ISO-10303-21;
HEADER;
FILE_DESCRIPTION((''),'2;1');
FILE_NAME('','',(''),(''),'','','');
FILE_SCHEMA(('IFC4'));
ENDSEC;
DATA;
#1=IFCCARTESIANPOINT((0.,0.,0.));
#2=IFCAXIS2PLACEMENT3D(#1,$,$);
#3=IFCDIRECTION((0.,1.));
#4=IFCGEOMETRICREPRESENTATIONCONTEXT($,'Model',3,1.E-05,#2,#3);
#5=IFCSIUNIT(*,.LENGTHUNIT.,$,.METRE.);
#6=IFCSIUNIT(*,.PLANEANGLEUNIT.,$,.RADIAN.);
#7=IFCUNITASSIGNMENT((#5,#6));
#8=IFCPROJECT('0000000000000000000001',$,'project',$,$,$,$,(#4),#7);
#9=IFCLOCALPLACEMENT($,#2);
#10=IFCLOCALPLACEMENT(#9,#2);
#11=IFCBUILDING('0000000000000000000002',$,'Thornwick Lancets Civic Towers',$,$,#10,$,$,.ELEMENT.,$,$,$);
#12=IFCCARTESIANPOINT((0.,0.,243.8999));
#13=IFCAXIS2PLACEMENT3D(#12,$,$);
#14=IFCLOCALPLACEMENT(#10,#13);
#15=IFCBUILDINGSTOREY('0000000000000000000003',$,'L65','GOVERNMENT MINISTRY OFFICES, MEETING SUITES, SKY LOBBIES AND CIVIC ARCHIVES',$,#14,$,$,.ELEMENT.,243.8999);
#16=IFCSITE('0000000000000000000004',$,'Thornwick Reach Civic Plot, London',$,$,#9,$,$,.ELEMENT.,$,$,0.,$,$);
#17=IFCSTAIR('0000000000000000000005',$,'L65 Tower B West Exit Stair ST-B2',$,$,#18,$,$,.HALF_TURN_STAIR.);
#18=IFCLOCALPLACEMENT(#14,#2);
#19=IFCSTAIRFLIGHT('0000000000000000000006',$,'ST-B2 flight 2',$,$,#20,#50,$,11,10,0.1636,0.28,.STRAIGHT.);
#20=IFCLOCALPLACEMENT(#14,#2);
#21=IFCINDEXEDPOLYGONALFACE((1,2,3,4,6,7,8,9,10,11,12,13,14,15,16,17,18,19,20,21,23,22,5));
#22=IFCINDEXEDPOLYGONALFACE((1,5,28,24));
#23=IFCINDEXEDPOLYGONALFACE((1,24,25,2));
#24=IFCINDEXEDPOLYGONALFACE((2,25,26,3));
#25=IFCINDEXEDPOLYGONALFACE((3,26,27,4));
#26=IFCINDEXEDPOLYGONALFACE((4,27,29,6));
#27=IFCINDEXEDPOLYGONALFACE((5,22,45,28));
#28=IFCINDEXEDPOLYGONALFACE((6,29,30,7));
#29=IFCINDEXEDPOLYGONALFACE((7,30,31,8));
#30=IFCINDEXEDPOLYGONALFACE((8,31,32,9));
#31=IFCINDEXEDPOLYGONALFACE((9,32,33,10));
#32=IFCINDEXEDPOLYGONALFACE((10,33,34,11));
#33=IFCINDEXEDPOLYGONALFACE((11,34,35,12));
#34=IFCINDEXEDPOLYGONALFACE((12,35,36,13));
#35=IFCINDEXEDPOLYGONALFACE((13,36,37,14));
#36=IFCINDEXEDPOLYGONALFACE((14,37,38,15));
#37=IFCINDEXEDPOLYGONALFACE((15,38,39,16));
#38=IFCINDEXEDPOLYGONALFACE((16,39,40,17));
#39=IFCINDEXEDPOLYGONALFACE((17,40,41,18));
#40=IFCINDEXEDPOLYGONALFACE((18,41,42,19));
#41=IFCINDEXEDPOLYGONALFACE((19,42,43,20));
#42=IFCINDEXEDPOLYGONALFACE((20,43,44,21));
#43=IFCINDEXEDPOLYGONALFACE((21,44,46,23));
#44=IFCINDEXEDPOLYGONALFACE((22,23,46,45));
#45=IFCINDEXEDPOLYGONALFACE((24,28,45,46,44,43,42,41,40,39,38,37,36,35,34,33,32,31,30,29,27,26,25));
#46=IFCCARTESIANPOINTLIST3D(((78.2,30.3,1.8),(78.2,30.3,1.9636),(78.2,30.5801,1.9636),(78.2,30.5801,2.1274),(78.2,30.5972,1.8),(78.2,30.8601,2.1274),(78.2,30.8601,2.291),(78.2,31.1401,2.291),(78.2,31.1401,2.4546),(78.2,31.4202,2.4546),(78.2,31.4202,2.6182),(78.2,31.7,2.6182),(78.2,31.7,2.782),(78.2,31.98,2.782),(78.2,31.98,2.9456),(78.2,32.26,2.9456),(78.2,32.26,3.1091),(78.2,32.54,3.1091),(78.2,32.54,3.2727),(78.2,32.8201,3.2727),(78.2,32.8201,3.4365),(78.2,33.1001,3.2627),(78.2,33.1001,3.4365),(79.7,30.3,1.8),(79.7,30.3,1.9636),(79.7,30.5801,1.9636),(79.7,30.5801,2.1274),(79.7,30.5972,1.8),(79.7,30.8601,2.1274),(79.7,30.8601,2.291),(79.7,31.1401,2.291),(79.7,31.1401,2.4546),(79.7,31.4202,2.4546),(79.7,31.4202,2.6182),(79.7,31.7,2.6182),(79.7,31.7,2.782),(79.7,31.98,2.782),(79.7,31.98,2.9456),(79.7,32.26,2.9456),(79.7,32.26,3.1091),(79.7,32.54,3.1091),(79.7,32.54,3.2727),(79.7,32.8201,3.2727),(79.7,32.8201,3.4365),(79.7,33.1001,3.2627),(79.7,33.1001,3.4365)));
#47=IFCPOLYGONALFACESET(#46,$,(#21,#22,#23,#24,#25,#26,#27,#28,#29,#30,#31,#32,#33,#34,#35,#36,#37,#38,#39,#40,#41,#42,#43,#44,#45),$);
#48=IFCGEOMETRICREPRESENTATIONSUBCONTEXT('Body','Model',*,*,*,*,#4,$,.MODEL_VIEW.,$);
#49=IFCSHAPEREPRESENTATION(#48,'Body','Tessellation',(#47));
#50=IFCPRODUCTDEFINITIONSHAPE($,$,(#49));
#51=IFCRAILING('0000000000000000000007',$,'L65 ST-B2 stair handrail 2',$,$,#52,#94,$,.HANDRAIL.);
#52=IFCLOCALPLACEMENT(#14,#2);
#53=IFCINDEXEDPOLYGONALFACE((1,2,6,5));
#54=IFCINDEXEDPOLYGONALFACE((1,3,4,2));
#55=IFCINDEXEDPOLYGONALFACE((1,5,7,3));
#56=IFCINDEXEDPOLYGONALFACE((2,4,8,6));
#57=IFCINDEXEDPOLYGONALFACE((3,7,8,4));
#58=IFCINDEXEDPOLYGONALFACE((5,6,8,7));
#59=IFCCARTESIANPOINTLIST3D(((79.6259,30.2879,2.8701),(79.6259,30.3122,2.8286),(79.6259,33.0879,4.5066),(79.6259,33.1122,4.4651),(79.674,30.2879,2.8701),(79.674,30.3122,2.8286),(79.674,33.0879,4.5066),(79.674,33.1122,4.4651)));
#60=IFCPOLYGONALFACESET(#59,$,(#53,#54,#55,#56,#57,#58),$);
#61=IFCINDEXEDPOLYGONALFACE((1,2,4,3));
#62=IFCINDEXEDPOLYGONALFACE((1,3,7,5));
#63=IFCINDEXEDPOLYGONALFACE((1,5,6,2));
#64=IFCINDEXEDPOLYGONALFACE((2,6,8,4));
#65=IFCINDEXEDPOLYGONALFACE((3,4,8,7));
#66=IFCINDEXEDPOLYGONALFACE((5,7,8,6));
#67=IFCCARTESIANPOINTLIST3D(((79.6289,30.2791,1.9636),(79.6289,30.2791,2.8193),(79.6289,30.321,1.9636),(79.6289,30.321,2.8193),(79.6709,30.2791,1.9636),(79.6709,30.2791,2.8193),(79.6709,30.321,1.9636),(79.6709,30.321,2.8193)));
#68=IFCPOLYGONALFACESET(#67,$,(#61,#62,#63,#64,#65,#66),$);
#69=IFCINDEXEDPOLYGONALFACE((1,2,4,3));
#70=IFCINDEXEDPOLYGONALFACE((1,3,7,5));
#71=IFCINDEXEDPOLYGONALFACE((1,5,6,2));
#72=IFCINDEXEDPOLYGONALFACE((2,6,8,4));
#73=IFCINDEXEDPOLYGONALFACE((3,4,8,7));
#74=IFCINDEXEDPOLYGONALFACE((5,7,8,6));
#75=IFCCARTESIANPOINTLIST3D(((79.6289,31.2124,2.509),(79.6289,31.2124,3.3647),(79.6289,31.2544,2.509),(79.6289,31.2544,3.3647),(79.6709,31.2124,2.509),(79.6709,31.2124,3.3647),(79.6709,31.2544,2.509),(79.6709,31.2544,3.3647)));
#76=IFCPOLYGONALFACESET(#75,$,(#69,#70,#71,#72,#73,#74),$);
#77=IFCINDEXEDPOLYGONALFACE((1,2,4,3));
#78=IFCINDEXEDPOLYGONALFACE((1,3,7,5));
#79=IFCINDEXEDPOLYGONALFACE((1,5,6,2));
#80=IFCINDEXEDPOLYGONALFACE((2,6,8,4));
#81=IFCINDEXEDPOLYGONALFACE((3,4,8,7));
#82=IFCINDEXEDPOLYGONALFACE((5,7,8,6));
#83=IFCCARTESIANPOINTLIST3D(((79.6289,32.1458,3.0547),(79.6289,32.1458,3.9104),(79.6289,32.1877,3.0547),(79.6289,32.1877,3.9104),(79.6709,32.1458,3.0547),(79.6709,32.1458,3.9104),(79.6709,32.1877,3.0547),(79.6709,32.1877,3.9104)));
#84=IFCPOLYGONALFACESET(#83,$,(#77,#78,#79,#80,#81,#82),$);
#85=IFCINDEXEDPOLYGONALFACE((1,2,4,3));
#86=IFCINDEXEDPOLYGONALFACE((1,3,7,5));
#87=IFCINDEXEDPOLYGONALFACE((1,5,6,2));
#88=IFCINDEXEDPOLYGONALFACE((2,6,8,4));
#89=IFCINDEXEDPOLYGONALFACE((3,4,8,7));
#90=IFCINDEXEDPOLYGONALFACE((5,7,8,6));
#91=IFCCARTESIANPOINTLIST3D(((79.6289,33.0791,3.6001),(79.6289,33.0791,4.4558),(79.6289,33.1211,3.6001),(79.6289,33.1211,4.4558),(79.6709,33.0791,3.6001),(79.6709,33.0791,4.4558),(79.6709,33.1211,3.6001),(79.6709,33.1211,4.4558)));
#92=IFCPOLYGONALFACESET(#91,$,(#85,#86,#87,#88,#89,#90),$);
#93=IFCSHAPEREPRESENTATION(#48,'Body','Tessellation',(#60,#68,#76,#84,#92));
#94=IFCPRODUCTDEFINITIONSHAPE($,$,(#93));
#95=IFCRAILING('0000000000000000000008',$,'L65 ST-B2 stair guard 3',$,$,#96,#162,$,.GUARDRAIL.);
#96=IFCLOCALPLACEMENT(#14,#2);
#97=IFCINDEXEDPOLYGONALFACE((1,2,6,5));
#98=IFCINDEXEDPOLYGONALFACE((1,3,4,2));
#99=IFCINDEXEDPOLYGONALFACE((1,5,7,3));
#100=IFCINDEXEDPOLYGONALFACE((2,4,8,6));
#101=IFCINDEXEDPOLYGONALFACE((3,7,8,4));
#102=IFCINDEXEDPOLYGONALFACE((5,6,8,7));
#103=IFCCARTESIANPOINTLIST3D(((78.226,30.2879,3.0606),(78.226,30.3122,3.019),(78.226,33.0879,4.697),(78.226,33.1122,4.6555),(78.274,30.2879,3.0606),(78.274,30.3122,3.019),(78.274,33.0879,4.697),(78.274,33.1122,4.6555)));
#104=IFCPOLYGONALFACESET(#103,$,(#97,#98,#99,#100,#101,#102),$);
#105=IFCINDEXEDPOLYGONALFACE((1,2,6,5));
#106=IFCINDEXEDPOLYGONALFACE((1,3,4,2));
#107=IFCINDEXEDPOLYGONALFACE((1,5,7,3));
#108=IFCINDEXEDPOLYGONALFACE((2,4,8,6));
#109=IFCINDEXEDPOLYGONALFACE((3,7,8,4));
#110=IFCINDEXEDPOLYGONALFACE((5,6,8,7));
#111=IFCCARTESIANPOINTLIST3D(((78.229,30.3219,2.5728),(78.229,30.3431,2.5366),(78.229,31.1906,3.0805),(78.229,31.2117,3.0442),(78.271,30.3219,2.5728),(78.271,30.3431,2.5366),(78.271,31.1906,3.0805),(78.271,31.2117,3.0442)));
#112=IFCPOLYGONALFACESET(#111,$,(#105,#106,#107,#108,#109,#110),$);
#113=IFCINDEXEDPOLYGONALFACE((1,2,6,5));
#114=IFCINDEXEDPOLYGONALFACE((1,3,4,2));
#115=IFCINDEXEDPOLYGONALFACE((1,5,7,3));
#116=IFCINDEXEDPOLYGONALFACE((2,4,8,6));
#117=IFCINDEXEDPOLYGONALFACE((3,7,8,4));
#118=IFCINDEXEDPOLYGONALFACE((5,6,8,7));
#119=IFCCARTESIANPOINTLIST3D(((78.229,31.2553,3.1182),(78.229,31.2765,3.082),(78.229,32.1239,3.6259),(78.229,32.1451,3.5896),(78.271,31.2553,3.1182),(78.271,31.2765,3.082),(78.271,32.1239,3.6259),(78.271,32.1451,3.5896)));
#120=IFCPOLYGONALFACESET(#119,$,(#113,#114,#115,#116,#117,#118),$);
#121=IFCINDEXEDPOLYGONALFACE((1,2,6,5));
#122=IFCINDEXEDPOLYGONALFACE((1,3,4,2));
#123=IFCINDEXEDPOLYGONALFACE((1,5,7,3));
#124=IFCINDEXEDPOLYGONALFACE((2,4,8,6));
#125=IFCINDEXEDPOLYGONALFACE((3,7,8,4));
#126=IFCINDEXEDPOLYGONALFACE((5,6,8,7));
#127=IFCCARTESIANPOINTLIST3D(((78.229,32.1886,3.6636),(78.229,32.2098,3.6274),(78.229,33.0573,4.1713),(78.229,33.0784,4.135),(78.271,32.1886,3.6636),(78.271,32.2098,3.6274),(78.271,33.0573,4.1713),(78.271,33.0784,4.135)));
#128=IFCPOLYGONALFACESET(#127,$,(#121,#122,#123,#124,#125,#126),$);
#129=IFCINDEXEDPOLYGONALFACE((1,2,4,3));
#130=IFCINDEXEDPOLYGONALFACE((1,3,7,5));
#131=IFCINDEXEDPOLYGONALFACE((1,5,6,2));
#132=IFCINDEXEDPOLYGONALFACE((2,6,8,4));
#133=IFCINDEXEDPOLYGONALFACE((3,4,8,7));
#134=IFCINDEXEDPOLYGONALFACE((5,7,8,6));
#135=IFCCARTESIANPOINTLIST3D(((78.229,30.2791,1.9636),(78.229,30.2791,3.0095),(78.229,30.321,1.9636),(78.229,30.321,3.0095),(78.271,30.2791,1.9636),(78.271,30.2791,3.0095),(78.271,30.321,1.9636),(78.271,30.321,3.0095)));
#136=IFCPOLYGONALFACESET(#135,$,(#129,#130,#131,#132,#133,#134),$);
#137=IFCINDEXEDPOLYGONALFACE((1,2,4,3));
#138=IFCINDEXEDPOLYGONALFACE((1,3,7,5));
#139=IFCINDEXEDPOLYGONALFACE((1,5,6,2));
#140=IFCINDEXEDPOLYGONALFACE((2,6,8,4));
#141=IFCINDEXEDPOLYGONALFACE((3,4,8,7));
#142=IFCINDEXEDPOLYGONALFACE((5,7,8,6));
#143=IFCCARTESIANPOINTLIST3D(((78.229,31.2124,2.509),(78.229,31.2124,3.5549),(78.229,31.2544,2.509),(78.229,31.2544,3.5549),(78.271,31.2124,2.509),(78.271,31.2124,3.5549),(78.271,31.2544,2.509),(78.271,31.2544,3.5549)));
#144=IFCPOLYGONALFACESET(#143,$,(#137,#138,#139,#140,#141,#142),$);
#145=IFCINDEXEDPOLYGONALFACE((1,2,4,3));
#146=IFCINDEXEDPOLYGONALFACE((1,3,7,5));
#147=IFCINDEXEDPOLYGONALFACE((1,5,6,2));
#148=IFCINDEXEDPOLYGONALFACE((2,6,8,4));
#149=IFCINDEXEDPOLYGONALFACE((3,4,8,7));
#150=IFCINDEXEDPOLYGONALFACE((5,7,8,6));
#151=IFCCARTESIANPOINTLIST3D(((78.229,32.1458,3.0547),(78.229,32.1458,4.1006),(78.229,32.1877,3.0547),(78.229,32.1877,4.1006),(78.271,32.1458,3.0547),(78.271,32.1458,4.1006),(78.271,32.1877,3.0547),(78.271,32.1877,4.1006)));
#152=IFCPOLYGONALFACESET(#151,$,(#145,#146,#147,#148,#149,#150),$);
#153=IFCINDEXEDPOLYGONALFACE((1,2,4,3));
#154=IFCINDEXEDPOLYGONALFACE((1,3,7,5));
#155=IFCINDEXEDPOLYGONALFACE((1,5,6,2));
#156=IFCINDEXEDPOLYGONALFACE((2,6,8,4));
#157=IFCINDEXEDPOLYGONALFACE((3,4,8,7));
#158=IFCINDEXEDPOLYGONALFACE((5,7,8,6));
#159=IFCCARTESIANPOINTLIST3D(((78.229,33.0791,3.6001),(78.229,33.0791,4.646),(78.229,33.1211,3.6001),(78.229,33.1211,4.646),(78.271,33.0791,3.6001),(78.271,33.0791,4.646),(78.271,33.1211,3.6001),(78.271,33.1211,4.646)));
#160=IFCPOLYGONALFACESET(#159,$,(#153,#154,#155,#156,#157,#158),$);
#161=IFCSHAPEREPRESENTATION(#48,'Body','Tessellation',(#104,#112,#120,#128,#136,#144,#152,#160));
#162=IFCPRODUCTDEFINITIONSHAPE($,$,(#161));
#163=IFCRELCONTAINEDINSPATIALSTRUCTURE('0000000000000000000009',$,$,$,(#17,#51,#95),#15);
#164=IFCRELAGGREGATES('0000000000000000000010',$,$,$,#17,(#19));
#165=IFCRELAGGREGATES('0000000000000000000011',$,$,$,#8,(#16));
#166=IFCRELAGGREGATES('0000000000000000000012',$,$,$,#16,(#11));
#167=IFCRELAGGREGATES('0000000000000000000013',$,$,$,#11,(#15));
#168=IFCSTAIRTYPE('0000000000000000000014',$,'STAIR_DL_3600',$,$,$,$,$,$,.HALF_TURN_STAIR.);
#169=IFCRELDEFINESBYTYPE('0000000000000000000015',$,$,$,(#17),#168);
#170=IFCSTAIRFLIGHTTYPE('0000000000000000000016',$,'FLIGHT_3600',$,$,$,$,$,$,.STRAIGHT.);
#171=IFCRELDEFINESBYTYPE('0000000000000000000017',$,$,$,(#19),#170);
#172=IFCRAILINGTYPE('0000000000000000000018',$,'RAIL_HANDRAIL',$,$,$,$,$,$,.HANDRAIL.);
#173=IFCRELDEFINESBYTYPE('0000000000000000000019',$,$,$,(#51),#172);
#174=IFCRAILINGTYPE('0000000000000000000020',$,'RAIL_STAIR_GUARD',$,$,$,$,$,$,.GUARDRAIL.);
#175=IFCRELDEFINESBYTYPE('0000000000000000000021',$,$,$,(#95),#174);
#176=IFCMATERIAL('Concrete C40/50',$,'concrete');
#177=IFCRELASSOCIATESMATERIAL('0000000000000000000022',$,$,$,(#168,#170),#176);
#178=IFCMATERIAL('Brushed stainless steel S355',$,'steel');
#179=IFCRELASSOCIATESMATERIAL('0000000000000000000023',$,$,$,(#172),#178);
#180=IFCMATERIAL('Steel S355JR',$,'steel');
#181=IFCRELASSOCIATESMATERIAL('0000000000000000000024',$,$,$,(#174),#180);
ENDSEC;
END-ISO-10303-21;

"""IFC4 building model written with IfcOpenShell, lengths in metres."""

from ifc_helpers import new_model, si_unit, direction, frame, origin, origin_2d, place, context, subcontext, project, spatial, polyline, rectangle, outline, extrude, material, type_object, element, aggregate, save


model = new_model("IFC4")

# Units and contexts
model_context = context("Model", 3, precision=1e-05, world=origin(), true_north=direction((0.0, 1.0)))
body_context = subcontext(model_context, "Body", "Model", "MODEL_VIEW")
ifc_project = project(units=[si_unit("LENGTHUNIT", "METRE"), si_unit("PLANEANGLEUNIT", "RADIAN")], contexts=[model_context])

# Site, building, storey
site_placement = place(None, origin())
site = spatial("IfcSite", under=ifc_project, at=site_placement, Name="Thornwick Reach Civic Plot, London", CompositionType="ELEMENT", RefElevation=0.0)
building_placement = place(site_placement, origin())
building = spatial("IfcBuilding", under=site, at=building_placement, Name="Thornwick Lancets Civic Towers", CompositionType="ELEMENT")
storey_placement = place(building_placement, frame((0.0, 0.0, 243.8999)))
storey = spatial("IfcBuildingStorey", under=building, at=storey_placement, Name="L65", Description="GOVERNMENT MINISTRY OFFICES, MEETING SUITES, SKY LOBBIES AND CIVIC ARCHIVES", CompositionType="ELEMENT", Elevation=243.8999)

# Shared definitions
ifc_material_1 = material(Name="Steel S355JR", Category="steel")

# Shared definitions
ifc_material_2 = material(Name="Concrete C40/50", Category="concrete")

# Stair, stair flight
stair_type = type_object("IfcStairType", Name="STAIR_DL_3600", PredefinedType="HALF_TURN_STAIR", material=ifc_material_2)
stair_placement = place(storey_placement, origin())
stair = element("IfcStair", 1, at=stair_placement, inside=storey, type_object=stair_type, Name="L65 Tower B West Exit Stair ST-B2", PredefinedType="HALF_TURN_STAIR")
stair_flight_type = type_object("IfcStairFlightType", Name="FLIGHT_3600", PredefinedType="STRAIGHT", material=ifc_material_2)
stair_flight_placement = place(storey_placement, frame((78.95, 30.3, 1.8), z_axis=(0.0, 0.0, 1.0), x_axis=(0.0, 1.0, 0.0)))
stair_flight = element("IfcStairFlight", 2, at=stair_flight_placement, type_object=stair_flight_type, Name="ST-B2 flight 2", NumberOfRisers=11, NumberOfTreads=10, PredefinedType="STRAIGHT", RiserHeight=0.1636, TreadLength=0.28, context=body_context, shape_type="SweptSolid", body=[
    extrude(outline(polyline([(0.0, 0.0), (0.0, 0.1636), (0.28, 0.1636), (0.28, 0.3274), (0.5601, 0.3274), (0.5601, 0.491), (0.8401, 0.491), (0.8401, 0.6545), (1.1201, 0.6545), (1.1201, 0.8181), (1.3999, 0.8181), (1.3999, 0.9819), (1.6799, 0.9819), (1.6799, 1.1455), (1.96, 1.1455), (1.96, 1.3091), (2.24, 1.3091), (2.24, 1.4727), (2.52, 1.4727), (2.52, 1.6365), (2.8, 1.6365), (2.8, 1.8), (2.8, 1.4626), (0.2971, 0.0), (0.0, 0.0)])), frame((0.0, 0.75, 0.0), z_axis=(0.0, -1.0, 0.0), x_axis=(1.0, 0.0, 0.0)), (0.0, 0.0, 1.0), 1.5),
])
aggregate(stair, [stair_flight])

# Railings
ifc_material_3 = material(Name="Brushed stainless steel S355", Category="steel")
railing_type_1 = type_object("IfcRailingType", Name="RAIL_HANDRAIL", PredefinedType="HANDRAIL", material=ifc_material_3)
railing_1_placement = place(storey_placement, frame((79.6499, 30.3, 1.9636)))
element("IfcRailing", 3, at=railing_1_placement, inside=storey, type_object=railing_type_1, Name="L65 ST-B2 stair handrail 2", PredefinedType="HANDRAIL", context=body_context, shape_type="SweptSolid", body=[
    extrude(rectangle(XDim=0.0481, YDim=0.0481, at=origin_2d()), frame((0.0, 0.0, 0.8857), z_axis=(0.0, 0.863361, 0.504587), x_axis=(-1.0, 0.0, 0.0)), (0.0, 0.0, 1.0), 3.2432),
    extrude(rectangle(XDim=0.042, YDim=0.042, at=origin_2d()), origin(), (0.0, 0.0, 1.0), 0.8557),
    extrude(rectangle(XDim=0.042, YDim=0.042, at=origin_2d()), frame((0.0, 0.9333, 0.5454)), (0.0, 0.0, 1.0), 0.8557),
    extrude(rectangle(XDim=0.042, YDim=0.042, at=origin_2d()), frame((0.0, 1.8667, 1.0911)), (0.0, 0.0, 1.0), 0.8557),
    extrude(rectangle(XDim=0.042, YDim=0.042, at=origin_2d()), frame((0.0, 2.8, 1.6365)), (0.0, 0.0, 1.0), 0.8557),
])
railing_type_2 = type_object("IfcRailingType", Name="RAIL_STAIR_GUARD", PredefinedType="GUARDRAIL", material=ifc_material_1)
railing_2_placement = place(storey_placement, frame((78.25, 30.3, 1.9636)))
element("IfcRailing", 4, at=railing_2_placement, inside=storey, type_object=railing_type_2, Name="L65 ST-B2 stair guard 3", PredefinedType="GUARDRAIL", context=body_context, shape_type="SweptSolid", body=[
    extrude(rectangle(XDim=0.0481, YDim=0.0481, at=origin_2d()), frame((0.0, 0.0, 1.0762), z_axis=(0.0, 0.863361, 0.504587), x_axis=(-1.0, 0.0, 0.0)), (0.0, 0.0, 1.0), 3.2432),
    extrude(rectangle(XDim=0.042, YDim=0.042, at=origin_2d()), frame((0.0, 0.0325, 0.5911), z_axis=(0.0, 0.863361, 0.504587), x_axis=(-1.0, 0.0, 0.0)), (0.0, 0.0, 1.0), 1.0061),
    extrude(rectangle(XDim=0.042, YDim=0.042, at=origin_2d()), frame((0.0, 0.9658, 1.1365), z_axis=(0.0, 0.863361, 0.504587), x_axis=(-1.0, 0.0, 0.0)), (0.0, 0.0, 1.0), 1.0061),
    extrude(rectangle(XDim=0.042, YDim=0.042, at=origin_2d()), frame((0.0, 1.8992, 1.6819), z_axis=(0.0, 0.863361, 0.504587), x_axis=(-1.0, 0.0, 0.0)), (0.0, 0.0, 1.0), 1.0061),
    extrude(rectangle(XDim=0.042, YDim=0.042, at=origin_2d()), origin(), (0.0, 0.0, 1.0), 1.0459),
    extrude(rectangle(XDim=0.042, YDim=0.042, at=origin_2d()), frame((0.0, 0.9333, 0.5454)), (0.0, 0.0, 1.0), 1.0459),
    extrude(rectangle(XDim=0.042, YDim=0.042, at=origin_2d()), frame((0.0, 1.8667, 1.0911)), (0.0, 0.0, 1.0), 1.0459),
    extrude(rectangle(XDim=0.042, YDim=0.042, at=origin_2d()), frame((0.0, 2.8, 1.6365)), (0.0, 0.0, 1.0), 1.0459),
])

save(model, "model.ifc")
